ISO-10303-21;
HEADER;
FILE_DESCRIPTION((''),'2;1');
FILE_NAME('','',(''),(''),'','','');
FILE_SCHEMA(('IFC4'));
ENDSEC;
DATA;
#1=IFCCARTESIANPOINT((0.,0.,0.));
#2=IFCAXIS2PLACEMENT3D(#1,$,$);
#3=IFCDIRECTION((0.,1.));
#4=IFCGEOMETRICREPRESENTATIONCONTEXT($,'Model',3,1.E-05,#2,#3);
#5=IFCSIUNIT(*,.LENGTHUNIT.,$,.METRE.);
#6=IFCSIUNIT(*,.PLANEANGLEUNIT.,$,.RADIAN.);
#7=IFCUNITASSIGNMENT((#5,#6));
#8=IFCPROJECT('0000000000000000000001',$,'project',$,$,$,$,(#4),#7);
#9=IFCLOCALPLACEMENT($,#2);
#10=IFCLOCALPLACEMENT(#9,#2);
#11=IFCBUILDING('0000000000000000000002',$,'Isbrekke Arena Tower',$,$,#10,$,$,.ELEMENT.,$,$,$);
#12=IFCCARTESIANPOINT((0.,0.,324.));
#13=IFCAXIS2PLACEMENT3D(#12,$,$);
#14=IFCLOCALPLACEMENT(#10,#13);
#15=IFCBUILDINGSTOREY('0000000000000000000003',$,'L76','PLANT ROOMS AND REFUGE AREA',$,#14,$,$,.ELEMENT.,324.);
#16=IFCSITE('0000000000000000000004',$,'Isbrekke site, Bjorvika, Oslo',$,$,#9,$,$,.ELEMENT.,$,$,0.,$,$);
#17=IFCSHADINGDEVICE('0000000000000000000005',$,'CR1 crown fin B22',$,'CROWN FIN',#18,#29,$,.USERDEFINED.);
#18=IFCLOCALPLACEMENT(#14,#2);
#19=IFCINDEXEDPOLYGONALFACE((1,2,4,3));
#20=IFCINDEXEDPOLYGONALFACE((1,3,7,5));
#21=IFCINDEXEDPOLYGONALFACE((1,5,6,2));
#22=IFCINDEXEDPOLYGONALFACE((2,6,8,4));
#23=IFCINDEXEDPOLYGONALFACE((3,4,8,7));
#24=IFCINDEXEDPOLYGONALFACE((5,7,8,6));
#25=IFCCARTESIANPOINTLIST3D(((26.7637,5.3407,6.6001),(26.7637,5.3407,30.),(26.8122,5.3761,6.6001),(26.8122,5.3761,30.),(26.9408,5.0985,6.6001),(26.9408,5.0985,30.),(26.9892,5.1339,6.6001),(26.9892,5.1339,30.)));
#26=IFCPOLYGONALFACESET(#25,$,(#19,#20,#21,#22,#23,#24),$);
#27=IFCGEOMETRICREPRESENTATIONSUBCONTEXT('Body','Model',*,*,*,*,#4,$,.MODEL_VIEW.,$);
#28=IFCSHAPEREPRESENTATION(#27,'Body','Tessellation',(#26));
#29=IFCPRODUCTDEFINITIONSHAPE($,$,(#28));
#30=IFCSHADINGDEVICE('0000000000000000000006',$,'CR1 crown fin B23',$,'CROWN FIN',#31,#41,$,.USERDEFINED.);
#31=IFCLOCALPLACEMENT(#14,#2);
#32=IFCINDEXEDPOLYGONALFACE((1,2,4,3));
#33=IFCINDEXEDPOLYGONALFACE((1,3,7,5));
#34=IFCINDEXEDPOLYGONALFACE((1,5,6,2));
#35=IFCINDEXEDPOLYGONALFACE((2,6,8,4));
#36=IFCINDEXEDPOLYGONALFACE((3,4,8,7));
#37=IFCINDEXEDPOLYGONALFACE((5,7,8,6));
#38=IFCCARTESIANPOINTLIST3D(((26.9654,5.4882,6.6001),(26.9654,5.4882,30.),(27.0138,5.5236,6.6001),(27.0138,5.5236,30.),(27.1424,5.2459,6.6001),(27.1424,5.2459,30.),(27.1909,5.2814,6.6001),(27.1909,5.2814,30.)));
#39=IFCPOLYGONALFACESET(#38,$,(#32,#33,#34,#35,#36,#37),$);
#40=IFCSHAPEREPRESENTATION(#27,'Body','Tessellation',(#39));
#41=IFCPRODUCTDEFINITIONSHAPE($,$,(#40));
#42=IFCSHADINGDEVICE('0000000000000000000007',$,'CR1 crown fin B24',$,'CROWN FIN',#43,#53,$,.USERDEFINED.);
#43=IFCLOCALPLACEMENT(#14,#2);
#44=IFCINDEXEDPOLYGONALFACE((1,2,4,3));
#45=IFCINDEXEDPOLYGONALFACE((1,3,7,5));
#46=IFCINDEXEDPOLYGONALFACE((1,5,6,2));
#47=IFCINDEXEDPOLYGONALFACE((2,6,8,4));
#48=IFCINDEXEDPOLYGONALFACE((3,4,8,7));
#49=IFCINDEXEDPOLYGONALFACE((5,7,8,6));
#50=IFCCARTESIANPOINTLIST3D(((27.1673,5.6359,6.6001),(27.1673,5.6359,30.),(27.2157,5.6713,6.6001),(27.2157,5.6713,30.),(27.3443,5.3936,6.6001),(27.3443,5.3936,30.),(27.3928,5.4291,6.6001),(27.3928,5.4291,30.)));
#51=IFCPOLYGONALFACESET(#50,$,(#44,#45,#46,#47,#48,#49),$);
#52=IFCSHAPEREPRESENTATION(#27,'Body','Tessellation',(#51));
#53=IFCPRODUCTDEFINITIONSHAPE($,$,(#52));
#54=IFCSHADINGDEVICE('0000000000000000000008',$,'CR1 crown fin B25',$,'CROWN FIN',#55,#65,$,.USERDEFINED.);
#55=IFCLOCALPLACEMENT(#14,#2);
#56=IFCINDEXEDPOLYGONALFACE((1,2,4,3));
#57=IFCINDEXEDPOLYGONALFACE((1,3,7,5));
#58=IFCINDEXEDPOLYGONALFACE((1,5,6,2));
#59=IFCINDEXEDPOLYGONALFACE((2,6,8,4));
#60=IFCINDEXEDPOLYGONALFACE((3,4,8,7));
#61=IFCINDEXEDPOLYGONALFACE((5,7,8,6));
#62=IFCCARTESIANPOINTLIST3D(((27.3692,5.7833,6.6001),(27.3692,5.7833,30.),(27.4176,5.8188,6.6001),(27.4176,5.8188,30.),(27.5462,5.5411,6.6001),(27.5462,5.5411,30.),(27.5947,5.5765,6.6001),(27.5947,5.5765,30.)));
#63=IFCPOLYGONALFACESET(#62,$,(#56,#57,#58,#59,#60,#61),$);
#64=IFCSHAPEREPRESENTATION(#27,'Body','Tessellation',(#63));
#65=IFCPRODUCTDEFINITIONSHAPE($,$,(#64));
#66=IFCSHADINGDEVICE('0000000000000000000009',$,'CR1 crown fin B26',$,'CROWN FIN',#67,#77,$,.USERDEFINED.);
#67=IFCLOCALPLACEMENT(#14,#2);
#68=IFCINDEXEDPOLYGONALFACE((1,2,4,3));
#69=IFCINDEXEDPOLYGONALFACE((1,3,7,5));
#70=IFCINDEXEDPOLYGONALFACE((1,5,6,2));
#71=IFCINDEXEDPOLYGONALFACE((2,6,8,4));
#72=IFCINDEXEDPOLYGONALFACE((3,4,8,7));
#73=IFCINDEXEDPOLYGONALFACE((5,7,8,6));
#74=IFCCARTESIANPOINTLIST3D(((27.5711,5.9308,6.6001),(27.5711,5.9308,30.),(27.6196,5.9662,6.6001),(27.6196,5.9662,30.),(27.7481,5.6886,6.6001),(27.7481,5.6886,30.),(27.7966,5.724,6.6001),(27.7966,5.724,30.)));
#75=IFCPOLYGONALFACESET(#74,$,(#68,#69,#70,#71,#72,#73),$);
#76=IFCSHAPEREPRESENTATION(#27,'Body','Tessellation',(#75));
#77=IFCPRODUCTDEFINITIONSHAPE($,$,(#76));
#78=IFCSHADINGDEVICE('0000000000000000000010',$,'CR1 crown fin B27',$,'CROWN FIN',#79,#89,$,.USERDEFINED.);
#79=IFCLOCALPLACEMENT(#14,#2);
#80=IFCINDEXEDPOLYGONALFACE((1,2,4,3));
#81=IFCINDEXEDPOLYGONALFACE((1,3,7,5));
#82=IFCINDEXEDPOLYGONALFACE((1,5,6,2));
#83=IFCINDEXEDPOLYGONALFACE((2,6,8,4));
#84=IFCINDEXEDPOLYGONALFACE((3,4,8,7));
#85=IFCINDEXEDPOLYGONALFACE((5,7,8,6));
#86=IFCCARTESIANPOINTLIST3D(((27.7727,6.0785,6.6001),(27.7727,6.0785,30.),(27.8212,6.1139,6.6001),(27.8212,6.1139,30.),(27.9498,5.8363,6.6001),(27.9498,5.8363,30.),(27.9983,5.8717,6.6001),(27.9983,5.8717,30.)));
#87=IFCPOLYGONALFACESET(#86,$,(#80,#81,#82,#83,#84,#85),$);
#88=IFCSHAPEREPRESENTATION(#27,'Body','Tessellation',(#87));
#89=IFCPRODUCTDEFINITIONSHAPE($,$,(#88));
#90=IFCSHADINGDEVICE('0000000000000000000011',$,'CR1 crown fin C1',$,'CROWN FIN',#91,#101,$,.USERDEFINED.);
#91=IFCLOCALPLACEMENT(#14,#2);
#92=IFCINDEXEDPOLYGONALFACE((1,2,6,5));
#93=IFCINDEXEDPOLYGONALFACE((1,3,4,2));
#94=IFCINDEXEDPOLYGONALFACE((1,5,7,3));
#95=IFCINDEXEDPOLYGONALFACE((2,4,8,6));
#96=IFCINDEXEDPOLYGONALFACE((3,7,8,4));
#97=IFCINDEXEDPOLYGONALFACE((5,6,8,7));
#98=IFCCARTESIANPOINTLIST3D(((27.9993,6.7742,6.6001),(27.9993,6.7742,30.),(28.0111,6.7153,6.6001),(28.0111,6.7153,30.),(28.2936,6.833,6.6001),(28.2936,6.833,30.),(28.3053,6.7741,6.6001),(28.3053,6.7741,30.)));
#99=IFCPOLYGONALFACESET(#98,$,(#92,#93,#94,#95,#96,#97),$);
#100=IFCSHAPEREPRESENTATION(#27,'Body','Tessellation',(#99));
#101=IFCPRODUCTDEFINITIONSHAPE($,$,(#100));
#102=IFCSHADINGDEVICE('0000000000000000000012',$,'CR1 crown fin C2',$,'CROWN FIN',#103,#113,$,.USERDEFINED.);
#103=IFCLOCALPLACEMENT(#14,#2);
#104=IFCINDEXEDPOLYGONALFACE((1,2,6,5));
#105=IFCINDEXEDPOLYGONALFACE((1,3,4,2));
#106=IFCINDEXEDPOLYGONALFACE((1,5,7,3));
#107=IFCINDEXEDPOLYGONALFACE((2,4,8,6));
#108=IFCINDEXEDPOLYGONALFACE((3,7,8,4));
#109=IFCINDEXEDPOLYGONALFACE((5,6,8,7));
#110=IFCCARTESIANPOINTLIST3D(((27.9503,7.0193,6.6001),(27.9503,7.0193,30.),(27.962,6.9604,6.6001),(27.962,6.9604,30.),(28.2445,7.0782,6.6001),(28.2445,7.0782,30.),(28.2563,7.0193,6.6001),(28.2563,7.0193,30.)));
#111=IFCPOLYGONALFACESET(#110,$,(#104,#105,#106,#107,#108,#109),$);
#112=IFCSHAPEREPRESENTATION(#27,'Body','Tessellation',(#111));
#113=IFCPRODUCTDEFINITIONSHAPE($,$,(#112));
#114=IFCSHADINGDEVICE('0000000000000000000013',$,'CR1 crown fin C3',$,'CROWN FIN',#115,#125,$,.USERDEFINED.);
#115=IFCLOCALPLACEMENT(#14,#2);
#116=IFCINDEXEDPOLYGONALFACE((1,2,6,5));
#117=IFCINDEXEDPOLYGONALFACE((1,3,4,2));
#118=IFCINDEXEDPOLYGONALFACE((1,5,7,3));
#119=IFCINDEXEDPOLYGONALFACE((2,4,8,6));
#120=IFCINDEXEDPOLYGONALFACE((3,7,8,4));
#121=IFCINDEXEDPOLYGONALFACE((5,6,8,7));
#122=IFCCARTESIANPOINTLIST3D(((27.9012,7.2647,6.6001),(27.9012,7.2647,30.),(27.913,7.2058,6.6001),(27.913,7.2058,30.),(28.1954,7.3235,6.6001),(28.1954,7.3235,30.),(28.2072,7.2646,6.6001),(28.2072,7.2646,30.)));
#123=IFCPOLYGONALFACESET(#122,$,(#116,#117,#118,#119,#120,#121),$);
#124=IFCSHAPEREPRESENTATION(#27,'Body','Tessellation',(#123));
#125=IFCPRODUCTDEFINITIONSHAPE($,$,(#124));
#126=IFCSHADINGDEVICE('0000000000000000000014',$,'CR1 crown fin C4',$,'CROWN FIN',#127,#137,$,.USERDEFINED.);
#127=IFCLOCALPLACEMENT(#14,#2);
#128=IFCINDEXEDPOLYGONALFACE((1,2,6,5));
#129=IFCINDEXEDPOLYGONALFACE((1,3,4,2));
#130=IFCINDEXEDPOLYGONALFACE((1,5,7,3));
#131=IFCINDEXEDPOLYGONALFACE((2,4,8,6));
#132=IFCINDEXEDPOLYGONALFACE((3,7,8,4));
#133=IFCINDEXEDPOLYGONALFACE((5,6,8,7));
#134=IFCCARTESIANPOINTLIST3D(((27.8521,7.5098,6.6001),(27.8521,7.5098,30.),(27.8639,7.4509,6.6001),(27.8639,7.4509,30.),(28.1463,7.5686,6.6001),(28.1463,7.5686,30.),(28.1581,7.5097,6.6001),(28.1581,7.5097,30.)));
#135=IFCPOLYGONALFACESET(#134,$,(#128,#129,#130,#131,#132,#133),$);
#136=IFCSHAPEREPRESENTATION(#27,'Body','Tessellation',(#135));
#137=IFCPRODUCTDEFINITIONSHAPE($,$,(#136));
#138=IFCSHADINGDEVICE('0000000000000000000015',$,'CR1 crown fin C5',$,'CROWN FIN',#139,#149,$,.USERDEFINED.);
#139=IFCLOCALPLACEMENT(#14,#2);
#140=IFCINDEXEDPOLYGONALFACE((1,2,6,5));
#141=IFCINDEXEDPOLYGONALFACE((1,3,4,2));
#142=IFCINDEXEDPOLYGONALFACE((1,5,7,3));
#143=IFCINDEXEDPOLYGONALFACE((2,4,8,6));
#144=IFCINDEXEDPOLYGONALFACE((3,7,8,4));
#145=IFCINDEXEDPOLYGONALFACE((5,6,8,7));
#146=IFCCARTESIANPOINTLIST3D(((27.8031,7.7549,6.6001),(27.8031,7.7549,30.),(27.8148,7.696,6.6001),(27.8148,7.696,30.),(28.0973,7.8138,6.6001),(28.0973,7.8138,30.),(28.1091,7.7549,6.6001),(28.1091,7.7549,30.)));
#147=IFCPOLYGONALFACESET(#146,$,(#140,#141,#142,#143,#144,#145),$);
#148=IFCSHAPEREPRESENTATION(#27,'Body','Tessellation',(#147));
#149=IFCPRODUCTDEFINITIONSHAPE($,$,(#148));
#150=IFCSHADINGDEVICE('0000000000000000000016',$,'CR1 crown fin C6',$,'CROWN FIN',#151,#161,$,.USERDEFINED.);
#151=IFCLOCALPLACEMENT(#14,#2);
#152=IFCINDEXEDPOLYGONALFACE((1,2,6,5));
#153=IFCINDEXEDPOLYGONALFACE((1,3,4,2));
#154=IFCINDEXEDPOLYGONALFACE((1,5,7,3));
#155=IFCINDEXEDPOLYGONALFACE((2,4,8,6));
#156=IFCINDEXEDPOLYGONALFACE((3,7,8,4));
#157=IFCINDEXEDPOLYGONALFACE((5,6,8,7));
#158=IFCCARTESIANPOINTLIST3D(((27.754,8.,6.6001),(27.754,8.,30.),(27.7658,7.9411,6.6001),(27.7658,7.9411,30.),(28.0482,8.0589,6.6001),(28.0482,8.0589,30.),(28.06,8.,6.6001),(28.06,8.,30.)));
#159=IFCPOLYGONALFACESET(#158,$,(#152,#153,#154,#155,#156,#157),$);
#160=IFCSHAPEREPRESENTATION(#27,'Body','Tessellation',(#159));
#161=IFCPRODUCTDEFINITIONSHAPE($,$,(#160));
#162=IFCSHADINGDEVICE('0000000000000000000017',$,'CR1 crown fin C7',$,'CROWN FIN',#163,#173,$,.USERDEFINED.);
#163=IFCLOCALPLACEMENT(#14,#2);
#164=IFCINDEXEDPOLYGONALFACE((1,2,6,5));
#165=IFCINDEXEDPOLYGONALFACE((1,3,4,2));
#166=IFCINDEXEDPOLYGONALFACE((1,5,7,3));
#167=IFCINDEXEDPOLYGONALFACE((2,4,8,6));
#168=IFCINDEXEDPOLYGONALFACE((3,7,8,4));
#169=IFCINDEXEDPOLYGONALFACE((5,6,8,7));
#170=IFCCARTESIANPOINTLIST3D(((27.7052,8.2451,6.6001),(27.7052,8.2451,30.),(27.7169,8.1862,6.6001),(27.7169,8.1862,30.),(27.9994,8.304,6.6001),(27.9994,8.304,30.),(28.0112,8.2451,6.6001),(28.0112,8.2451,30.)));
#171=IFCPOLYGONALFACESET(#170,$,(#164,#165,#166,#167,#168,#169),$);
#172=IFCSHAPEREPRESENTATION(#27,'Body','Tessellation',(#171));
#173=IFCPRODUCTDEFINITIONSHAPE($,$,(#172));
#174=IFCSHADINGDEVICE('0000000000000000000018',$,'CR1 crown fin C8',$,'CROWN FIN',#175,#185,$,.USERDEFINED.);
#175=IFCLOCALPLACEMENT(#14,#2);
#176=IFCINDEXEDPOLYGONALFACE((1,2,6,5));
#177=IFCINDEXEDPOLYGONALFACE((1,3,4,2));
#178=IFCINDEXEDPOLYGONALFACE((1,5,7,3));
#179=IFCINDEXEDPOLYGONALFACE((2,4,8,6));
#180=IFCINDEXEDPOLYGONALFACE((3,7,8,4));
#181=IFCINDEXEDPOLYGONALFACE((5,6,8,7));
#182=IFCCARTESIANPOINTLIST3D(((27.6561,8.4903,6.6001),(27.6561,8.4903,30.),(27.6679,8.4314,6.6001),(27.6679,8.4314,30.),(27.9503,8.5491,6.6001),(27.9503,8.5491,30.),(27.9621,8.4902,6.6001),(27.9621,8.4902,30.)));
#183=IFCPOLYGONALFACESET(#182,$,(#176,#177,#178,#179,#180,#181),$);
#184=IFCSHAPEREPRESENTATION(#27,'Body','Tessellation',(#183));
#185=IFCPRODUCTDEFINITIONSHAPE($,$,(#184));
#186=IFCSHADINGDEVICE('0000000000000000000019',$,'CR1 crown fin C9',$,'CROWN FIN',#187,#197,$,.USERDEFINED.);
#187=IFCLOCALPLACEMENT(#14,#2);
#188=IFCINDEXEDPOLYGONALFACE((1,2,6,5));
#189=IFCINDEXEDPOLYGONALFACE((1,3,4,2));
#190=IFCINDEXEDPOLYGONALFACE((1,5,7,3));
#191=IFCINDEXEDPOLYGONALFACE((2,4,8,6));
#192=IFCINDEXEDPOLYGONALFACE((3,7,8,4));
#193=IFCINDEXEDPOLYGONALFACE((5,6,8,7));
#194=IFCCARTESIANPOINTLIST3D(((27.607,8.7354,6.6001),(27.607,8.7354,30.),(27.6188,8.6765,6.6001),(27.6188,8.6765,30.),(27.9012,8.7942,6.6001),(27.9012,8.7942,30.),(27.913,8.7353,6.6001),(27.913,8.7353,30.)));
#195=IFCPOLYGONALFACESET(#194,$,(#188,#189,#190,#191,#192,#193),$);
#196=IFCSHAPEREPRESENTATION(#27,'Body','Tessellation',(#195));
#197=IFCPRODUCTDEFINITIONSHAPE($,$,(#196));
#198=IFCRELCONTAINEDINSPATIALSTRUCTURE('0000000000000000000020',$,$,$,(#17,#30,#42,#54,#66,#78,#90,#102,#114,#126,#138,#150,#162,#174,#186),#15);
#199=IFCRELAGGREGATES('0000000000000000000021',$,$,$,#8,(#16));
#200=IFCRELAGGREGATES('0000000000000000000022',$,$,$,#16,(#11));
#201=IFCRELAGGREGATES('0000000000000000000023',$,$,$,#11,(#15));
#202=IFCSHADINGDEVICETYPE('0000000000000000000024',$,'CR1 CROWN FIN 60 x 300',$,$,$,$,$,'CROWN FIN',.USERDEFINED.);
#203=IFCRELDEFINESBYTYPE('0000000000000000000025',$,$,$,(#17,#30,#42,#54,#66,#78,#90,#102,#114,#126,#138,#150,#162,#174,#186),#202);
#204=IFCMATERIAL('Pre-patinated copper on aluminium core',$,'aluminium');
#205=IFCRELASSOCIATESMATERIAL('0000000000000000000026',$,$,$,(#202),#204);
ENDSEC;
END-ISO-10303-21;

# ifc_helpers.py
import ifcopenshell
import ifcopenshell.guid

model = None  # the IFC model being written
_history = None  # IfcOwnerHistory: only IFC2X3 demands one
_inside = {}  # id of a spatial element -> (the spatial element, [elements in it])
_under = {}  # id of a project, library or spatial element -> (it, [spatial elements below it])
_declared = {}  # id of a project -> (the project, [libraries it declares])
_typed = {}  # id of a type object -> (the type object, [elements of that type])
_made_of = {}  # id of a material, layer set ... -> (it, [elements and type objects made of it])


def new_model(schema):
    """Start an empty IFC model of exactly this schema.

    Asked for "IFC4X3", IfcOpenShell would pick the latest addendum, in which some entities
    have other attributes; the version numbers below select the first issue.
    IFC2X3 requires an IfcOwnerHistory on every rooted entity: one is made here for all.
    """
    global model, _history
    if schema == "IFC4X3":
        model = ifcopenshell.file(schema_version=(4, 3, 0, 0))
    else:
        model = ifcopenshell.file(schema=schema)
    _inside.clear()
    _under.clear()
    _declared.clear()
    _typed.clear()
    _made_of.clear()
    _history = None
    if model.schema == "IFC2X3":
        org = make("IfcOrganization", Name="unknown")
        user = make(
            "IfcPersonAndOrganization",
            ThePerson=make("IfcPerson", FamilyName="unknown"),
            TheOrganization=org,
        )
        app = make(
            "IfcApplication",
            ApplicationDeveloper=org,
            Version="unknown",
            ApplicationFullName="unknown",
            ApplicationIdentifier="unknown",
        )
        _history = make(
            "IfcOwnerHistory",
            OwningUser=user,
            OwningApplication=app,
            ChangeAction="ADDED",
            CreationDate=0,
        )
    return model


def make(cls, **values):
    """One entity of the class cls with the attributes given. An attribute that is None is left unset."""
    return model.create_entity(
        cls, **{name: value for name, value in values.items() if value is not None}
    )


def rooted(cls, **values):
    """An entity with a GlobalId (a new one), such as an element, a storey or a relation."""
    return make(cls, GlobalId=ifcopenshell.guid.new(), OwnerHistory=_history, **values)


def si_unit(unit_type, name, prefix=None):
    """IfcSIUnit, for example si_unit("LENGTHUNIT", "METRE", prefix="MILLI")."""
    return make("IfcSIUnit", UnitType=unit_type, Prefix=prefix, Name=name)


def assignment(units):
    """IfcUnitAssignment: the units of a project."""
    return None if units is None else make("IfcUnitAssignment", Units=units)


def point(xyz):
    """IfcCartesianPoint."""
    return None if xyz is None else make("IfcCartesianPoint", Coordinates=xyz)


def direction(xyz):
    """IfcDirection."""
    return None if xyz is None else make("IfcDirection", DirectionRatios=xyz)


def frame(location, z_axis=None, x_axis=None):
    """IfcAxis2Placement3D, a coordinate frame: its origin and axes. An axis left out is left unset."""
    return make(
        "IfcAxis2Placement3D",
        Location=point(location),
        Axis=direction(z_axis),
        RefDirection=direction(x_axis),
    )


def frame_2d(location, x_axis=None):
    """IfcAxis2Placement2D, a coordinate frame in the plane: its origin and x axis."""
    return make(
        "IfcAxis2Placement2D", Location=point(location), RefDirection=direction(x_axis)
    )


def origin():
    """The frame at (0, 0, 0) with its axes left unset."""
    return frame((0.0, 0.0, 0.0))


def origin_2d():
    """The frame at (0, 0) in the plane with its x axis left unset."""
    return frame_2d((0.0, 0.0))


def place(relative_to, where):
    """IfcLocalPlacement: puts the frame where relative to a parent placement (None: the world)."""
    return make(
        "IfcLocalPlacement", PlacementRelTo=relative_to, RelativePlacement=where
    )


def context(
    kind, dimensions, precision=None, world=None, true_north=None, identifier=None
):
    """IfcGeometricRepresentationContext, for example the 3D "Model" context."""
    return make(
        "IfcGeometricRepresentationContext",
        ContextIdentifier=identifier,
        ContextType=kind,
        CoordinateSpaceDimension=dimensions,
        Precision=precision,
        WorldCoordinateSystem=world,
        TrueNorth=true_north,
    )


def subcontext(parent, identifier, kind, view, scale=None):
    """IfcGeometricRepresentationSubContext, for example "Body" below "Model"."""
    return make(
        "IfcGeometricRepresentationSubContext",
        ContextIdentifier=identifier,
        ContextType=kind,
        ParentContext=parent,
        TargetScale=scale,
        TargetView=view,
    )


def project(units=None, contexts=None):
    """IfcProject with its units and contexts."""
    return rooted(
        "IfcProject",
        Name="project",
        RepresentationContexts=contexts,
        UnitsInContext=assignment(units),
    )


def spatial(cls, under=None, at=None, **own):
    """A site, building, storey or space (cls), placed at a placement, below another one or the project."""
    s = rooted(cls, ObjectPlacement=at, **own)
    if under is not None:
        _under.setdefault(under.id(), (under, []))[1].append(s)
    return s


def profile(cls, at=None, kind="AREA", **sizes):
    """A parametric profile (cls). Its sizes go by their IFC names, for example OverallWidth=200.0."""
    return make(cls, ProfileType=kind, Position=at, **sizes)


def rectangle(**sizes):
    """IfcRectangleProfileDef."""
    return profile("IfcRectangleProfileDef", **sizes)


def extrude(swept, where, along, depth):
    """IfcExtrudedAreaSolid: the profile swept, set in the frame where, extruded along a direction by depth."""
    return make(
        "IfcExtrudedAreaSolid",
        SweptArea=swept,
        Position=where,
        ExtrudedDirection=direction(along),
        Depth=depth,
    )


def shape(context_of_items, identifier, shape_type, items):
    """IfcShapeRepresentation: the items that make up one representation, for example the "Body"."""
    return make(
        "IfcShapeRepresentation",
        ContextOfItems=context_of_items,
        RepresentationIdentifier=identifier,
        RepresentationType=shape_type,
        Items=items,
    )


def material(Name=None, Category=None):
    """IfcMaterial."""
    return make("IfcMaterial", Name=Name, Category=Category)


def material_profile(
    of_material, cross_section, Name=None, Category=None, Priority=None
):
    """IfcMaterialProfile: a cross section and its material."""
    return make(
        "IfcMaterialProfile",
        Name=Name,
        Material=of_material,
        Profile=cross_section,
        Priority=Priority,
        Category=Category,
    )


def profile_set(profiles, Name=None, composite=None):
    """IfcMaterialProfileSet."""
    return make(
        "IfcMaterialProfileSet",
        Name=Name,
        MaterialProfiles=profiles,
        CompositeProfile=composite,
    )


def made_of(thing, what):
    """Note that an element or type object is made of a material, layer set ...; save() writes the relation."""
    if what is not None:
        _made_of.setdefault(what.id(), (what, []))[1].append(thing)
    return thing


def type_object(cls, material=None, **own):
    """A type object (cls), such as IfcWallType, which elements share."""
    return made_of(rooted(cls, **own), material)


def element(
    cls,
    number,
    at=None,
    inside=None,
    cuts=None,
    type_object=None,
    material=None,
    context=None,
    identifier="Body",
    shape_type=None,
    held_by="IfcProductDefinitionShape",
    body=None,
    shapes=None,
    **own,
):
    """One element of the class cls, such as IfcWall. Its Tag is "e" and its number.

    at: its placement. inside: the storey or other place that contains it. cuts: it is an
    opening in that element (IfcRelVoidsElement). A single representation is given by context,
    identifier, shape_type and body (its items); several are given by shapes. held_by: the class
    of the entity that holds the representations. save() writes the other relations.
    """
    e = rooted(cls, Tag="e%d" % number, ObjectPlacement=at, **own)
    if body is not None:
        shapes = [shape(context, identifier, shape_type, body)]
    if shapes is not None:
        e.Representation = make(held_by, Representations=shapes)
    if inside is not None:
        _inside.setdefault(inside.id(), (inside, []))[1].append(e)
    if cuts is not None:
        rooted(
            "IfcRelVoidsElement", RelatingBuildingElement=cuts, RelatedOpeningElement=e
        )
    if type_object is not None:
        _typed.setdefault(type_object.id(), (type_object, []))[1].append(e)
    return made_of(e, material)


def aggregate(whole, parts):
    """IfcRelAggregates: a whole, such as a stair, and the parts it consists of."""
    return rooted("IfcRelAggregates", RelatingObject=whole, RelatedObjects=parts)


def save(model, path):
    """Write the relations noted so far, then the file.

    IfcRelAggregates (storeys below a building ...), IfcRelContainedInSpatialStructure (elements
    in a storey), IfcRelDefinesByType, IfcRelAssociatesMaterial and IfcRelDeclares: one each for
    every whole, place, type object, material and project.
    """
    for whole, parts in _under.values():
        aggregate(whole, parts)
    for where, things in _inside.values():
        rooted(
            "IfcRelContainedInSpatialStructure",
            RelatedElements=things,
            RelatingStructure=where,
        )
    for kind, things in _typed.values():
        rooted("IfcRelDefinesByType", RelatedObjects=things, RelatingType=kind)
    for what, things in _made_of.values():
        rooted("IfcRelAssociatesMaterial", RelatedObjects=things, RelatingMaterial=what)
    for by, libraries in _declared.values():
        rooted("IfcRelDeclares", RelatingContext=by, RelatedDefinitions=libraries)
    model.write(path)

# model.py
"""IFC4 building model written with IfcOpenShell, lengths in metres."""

from ifc_helpers import new_model, si_unit, direction, frame, origin, origin_2d, place, context, subcontext, project, spatial, rectangle, extrude, material, material_profile, profile_set, type_object, element, save


model = new_model("IFC4")

# Units and contexts
model_context = context("Model", 3, precision=1e-05, world=origin(), true_north=direction((0.0, 1.0)))
body_context = subcontext(model_context, "Body", "Model", "MODEL_VIEW")
ifc_project = project(units=[si_unit("LENGTHUNIT", "METRE"), si_unit("PLANEANGLEUNIT", "RADIAN")], contexts=[model_context])

# Site, building, storey
site_placement = place(None, origin())
site = spatial("IfcSite", under=ifc_project, at=site_placement, Name="Isbrekke site, Bjorvika, Oslo", CompositionType="ELEMENT", RefElevation=0.0)
building_placement = place(site_placement, origin())
building = spatial("IfcBuilding", under=site, at=building_placement, Name="Isbrekke Arena Tower", CompositionType="ELEMENT")
storey_placement = place(building_placement, frame((0.0, 0.0, 324.0)))
storey = spatial("IfcBuildingStorey", under=building, at=storey_placement, Name="L76", Description="PLANT ROOMS AND REFUGE AREA", CompositionType="ELEMENT", Elevation=324.0)

# Shading devices
ifc_material_1 = material(Name="Pre-patinated copper on aluminium core", Category="aluminium")
ifc_material_profile_1 = material_profile(ifc_material_1, rectangle(XDim=0.0601, YDim=0.3, at=origin_2d()), Name="FIN 60X300")
ifc_profile_set_1 = profile_set([ifc_material_profile_1], Name="Pre-patinated copper on aluminium core")
shading_device_type = type_object("IfcShadingDeviceType", Name="CR1 CROWN FIN 60 x 300", ElementType="CROWN FIN", PredefinedType="USERDEFINED", material=ifc_profile_set_1)
for number, where, z_axis, x_axis, name in (
    (1, (26.8765, 5.2373, 6.6001), (0.0, 0.0, 1.0), (0.80733, 0.5901, 0.0), "CR1 crown fin B22"),
    (2, (27.0781, 5.3848, 6.6001), (0.0, 0.0, 1.0), (0.80733, 0.5901, 0.0), "CR1 crown fin B23"),
    (3, (27.28, 5.5325, 6.6001), (0.0, 0.0, 1.0), (0.80733, 0.5901, 0.0), "CR1 crown fin B24"),
    (4, (27.4819, 5.6799, 6.6001), (0.0, 0.0, 1.0), (0.80733, 0.5901, 0.0), "CR1 crown fin B25"),
    (5, (27.6838, 5.8274, 6.6001), (0.0, 0.0, 1.0), (0.80733, 0.5901, 0.0), "CR1 crown fin B26"),
    (6, (27.8855, 5.9751, 6.6001), (0.0, 0.0, 1.0), (0.80733, 0.5901, 0.0), "CR1 crown fin B27"),
    (7, (28.1523, 6.7742, 6.6001), (0.0, 0.0, 1.0), (-0.196116, 0.980581, 0.0), "CR1 crown fin C1"),
    (8, (28.1033, 7.0193, 6.6001), (0.0, 0.0, 1.0), (-0.196116, 0.980581, 0.0), "CR1 crown fin C2"),
    (9, (28.0542, 7.2646, 6.6001), (0.0, 0.0, 1.0), (-0.196116, 0.980581, 0.0), "CR1 crown fin C3"),
    (10, (28.0051, 7.5098, 6.6001), (0.0, 0.0, 1.0), (-0.196116, 0.980581, 0.0), "CR1 crown fin C4"),
    (11, (27.9561, 7.7549, 6.6001), (0.0, 0.0, 1.0), (-0.196116, 0.980581, 0.0), "CR1 crown fin C5"),
    (12, (27.907, 8.0, 6.6001), (0.0, 0.0, 1.0), (-0.196116, 0.980581, 0.0), "CR1 crown fin C6"),
    (13, (27.8582, 8.2451, 6.6001), (0.0, 0.0, 1.0), (-0.196116, 0.980581, 0.0), "CR1 crown fin C7"),
    (14, (27.8091, 8.4902, 6.6001), (0.0, 0.0, 1.0), (-0.196116, 0.980581, 0.0), "CR1 crown fin C8"),
    (15, (27.76, 8.7354, 6.6001), (0.0, 0.0, 1.0), (-0.196116, 0.980581, 0.0), "CR1 crown fin C9"),
):
    element("IfcShadingDevice", number, at=place(storey_placement, frame(where, z_axis=z_axis, x_axis=x_axis)), inside=storey, type_object=shading_device_type, Name=name, ObjectType="CROWN FIN", PredefinedType="USERDEFINED", context=body_context, shape_type="SweptSolid", body=[
        extrude(rectangle(XDim=0.0601, YDim=0.3, at=origin_2d()), origin(), (0.0, 0.0, 1.0), 23.3999),
    ])

save(model, "model.ifc")
